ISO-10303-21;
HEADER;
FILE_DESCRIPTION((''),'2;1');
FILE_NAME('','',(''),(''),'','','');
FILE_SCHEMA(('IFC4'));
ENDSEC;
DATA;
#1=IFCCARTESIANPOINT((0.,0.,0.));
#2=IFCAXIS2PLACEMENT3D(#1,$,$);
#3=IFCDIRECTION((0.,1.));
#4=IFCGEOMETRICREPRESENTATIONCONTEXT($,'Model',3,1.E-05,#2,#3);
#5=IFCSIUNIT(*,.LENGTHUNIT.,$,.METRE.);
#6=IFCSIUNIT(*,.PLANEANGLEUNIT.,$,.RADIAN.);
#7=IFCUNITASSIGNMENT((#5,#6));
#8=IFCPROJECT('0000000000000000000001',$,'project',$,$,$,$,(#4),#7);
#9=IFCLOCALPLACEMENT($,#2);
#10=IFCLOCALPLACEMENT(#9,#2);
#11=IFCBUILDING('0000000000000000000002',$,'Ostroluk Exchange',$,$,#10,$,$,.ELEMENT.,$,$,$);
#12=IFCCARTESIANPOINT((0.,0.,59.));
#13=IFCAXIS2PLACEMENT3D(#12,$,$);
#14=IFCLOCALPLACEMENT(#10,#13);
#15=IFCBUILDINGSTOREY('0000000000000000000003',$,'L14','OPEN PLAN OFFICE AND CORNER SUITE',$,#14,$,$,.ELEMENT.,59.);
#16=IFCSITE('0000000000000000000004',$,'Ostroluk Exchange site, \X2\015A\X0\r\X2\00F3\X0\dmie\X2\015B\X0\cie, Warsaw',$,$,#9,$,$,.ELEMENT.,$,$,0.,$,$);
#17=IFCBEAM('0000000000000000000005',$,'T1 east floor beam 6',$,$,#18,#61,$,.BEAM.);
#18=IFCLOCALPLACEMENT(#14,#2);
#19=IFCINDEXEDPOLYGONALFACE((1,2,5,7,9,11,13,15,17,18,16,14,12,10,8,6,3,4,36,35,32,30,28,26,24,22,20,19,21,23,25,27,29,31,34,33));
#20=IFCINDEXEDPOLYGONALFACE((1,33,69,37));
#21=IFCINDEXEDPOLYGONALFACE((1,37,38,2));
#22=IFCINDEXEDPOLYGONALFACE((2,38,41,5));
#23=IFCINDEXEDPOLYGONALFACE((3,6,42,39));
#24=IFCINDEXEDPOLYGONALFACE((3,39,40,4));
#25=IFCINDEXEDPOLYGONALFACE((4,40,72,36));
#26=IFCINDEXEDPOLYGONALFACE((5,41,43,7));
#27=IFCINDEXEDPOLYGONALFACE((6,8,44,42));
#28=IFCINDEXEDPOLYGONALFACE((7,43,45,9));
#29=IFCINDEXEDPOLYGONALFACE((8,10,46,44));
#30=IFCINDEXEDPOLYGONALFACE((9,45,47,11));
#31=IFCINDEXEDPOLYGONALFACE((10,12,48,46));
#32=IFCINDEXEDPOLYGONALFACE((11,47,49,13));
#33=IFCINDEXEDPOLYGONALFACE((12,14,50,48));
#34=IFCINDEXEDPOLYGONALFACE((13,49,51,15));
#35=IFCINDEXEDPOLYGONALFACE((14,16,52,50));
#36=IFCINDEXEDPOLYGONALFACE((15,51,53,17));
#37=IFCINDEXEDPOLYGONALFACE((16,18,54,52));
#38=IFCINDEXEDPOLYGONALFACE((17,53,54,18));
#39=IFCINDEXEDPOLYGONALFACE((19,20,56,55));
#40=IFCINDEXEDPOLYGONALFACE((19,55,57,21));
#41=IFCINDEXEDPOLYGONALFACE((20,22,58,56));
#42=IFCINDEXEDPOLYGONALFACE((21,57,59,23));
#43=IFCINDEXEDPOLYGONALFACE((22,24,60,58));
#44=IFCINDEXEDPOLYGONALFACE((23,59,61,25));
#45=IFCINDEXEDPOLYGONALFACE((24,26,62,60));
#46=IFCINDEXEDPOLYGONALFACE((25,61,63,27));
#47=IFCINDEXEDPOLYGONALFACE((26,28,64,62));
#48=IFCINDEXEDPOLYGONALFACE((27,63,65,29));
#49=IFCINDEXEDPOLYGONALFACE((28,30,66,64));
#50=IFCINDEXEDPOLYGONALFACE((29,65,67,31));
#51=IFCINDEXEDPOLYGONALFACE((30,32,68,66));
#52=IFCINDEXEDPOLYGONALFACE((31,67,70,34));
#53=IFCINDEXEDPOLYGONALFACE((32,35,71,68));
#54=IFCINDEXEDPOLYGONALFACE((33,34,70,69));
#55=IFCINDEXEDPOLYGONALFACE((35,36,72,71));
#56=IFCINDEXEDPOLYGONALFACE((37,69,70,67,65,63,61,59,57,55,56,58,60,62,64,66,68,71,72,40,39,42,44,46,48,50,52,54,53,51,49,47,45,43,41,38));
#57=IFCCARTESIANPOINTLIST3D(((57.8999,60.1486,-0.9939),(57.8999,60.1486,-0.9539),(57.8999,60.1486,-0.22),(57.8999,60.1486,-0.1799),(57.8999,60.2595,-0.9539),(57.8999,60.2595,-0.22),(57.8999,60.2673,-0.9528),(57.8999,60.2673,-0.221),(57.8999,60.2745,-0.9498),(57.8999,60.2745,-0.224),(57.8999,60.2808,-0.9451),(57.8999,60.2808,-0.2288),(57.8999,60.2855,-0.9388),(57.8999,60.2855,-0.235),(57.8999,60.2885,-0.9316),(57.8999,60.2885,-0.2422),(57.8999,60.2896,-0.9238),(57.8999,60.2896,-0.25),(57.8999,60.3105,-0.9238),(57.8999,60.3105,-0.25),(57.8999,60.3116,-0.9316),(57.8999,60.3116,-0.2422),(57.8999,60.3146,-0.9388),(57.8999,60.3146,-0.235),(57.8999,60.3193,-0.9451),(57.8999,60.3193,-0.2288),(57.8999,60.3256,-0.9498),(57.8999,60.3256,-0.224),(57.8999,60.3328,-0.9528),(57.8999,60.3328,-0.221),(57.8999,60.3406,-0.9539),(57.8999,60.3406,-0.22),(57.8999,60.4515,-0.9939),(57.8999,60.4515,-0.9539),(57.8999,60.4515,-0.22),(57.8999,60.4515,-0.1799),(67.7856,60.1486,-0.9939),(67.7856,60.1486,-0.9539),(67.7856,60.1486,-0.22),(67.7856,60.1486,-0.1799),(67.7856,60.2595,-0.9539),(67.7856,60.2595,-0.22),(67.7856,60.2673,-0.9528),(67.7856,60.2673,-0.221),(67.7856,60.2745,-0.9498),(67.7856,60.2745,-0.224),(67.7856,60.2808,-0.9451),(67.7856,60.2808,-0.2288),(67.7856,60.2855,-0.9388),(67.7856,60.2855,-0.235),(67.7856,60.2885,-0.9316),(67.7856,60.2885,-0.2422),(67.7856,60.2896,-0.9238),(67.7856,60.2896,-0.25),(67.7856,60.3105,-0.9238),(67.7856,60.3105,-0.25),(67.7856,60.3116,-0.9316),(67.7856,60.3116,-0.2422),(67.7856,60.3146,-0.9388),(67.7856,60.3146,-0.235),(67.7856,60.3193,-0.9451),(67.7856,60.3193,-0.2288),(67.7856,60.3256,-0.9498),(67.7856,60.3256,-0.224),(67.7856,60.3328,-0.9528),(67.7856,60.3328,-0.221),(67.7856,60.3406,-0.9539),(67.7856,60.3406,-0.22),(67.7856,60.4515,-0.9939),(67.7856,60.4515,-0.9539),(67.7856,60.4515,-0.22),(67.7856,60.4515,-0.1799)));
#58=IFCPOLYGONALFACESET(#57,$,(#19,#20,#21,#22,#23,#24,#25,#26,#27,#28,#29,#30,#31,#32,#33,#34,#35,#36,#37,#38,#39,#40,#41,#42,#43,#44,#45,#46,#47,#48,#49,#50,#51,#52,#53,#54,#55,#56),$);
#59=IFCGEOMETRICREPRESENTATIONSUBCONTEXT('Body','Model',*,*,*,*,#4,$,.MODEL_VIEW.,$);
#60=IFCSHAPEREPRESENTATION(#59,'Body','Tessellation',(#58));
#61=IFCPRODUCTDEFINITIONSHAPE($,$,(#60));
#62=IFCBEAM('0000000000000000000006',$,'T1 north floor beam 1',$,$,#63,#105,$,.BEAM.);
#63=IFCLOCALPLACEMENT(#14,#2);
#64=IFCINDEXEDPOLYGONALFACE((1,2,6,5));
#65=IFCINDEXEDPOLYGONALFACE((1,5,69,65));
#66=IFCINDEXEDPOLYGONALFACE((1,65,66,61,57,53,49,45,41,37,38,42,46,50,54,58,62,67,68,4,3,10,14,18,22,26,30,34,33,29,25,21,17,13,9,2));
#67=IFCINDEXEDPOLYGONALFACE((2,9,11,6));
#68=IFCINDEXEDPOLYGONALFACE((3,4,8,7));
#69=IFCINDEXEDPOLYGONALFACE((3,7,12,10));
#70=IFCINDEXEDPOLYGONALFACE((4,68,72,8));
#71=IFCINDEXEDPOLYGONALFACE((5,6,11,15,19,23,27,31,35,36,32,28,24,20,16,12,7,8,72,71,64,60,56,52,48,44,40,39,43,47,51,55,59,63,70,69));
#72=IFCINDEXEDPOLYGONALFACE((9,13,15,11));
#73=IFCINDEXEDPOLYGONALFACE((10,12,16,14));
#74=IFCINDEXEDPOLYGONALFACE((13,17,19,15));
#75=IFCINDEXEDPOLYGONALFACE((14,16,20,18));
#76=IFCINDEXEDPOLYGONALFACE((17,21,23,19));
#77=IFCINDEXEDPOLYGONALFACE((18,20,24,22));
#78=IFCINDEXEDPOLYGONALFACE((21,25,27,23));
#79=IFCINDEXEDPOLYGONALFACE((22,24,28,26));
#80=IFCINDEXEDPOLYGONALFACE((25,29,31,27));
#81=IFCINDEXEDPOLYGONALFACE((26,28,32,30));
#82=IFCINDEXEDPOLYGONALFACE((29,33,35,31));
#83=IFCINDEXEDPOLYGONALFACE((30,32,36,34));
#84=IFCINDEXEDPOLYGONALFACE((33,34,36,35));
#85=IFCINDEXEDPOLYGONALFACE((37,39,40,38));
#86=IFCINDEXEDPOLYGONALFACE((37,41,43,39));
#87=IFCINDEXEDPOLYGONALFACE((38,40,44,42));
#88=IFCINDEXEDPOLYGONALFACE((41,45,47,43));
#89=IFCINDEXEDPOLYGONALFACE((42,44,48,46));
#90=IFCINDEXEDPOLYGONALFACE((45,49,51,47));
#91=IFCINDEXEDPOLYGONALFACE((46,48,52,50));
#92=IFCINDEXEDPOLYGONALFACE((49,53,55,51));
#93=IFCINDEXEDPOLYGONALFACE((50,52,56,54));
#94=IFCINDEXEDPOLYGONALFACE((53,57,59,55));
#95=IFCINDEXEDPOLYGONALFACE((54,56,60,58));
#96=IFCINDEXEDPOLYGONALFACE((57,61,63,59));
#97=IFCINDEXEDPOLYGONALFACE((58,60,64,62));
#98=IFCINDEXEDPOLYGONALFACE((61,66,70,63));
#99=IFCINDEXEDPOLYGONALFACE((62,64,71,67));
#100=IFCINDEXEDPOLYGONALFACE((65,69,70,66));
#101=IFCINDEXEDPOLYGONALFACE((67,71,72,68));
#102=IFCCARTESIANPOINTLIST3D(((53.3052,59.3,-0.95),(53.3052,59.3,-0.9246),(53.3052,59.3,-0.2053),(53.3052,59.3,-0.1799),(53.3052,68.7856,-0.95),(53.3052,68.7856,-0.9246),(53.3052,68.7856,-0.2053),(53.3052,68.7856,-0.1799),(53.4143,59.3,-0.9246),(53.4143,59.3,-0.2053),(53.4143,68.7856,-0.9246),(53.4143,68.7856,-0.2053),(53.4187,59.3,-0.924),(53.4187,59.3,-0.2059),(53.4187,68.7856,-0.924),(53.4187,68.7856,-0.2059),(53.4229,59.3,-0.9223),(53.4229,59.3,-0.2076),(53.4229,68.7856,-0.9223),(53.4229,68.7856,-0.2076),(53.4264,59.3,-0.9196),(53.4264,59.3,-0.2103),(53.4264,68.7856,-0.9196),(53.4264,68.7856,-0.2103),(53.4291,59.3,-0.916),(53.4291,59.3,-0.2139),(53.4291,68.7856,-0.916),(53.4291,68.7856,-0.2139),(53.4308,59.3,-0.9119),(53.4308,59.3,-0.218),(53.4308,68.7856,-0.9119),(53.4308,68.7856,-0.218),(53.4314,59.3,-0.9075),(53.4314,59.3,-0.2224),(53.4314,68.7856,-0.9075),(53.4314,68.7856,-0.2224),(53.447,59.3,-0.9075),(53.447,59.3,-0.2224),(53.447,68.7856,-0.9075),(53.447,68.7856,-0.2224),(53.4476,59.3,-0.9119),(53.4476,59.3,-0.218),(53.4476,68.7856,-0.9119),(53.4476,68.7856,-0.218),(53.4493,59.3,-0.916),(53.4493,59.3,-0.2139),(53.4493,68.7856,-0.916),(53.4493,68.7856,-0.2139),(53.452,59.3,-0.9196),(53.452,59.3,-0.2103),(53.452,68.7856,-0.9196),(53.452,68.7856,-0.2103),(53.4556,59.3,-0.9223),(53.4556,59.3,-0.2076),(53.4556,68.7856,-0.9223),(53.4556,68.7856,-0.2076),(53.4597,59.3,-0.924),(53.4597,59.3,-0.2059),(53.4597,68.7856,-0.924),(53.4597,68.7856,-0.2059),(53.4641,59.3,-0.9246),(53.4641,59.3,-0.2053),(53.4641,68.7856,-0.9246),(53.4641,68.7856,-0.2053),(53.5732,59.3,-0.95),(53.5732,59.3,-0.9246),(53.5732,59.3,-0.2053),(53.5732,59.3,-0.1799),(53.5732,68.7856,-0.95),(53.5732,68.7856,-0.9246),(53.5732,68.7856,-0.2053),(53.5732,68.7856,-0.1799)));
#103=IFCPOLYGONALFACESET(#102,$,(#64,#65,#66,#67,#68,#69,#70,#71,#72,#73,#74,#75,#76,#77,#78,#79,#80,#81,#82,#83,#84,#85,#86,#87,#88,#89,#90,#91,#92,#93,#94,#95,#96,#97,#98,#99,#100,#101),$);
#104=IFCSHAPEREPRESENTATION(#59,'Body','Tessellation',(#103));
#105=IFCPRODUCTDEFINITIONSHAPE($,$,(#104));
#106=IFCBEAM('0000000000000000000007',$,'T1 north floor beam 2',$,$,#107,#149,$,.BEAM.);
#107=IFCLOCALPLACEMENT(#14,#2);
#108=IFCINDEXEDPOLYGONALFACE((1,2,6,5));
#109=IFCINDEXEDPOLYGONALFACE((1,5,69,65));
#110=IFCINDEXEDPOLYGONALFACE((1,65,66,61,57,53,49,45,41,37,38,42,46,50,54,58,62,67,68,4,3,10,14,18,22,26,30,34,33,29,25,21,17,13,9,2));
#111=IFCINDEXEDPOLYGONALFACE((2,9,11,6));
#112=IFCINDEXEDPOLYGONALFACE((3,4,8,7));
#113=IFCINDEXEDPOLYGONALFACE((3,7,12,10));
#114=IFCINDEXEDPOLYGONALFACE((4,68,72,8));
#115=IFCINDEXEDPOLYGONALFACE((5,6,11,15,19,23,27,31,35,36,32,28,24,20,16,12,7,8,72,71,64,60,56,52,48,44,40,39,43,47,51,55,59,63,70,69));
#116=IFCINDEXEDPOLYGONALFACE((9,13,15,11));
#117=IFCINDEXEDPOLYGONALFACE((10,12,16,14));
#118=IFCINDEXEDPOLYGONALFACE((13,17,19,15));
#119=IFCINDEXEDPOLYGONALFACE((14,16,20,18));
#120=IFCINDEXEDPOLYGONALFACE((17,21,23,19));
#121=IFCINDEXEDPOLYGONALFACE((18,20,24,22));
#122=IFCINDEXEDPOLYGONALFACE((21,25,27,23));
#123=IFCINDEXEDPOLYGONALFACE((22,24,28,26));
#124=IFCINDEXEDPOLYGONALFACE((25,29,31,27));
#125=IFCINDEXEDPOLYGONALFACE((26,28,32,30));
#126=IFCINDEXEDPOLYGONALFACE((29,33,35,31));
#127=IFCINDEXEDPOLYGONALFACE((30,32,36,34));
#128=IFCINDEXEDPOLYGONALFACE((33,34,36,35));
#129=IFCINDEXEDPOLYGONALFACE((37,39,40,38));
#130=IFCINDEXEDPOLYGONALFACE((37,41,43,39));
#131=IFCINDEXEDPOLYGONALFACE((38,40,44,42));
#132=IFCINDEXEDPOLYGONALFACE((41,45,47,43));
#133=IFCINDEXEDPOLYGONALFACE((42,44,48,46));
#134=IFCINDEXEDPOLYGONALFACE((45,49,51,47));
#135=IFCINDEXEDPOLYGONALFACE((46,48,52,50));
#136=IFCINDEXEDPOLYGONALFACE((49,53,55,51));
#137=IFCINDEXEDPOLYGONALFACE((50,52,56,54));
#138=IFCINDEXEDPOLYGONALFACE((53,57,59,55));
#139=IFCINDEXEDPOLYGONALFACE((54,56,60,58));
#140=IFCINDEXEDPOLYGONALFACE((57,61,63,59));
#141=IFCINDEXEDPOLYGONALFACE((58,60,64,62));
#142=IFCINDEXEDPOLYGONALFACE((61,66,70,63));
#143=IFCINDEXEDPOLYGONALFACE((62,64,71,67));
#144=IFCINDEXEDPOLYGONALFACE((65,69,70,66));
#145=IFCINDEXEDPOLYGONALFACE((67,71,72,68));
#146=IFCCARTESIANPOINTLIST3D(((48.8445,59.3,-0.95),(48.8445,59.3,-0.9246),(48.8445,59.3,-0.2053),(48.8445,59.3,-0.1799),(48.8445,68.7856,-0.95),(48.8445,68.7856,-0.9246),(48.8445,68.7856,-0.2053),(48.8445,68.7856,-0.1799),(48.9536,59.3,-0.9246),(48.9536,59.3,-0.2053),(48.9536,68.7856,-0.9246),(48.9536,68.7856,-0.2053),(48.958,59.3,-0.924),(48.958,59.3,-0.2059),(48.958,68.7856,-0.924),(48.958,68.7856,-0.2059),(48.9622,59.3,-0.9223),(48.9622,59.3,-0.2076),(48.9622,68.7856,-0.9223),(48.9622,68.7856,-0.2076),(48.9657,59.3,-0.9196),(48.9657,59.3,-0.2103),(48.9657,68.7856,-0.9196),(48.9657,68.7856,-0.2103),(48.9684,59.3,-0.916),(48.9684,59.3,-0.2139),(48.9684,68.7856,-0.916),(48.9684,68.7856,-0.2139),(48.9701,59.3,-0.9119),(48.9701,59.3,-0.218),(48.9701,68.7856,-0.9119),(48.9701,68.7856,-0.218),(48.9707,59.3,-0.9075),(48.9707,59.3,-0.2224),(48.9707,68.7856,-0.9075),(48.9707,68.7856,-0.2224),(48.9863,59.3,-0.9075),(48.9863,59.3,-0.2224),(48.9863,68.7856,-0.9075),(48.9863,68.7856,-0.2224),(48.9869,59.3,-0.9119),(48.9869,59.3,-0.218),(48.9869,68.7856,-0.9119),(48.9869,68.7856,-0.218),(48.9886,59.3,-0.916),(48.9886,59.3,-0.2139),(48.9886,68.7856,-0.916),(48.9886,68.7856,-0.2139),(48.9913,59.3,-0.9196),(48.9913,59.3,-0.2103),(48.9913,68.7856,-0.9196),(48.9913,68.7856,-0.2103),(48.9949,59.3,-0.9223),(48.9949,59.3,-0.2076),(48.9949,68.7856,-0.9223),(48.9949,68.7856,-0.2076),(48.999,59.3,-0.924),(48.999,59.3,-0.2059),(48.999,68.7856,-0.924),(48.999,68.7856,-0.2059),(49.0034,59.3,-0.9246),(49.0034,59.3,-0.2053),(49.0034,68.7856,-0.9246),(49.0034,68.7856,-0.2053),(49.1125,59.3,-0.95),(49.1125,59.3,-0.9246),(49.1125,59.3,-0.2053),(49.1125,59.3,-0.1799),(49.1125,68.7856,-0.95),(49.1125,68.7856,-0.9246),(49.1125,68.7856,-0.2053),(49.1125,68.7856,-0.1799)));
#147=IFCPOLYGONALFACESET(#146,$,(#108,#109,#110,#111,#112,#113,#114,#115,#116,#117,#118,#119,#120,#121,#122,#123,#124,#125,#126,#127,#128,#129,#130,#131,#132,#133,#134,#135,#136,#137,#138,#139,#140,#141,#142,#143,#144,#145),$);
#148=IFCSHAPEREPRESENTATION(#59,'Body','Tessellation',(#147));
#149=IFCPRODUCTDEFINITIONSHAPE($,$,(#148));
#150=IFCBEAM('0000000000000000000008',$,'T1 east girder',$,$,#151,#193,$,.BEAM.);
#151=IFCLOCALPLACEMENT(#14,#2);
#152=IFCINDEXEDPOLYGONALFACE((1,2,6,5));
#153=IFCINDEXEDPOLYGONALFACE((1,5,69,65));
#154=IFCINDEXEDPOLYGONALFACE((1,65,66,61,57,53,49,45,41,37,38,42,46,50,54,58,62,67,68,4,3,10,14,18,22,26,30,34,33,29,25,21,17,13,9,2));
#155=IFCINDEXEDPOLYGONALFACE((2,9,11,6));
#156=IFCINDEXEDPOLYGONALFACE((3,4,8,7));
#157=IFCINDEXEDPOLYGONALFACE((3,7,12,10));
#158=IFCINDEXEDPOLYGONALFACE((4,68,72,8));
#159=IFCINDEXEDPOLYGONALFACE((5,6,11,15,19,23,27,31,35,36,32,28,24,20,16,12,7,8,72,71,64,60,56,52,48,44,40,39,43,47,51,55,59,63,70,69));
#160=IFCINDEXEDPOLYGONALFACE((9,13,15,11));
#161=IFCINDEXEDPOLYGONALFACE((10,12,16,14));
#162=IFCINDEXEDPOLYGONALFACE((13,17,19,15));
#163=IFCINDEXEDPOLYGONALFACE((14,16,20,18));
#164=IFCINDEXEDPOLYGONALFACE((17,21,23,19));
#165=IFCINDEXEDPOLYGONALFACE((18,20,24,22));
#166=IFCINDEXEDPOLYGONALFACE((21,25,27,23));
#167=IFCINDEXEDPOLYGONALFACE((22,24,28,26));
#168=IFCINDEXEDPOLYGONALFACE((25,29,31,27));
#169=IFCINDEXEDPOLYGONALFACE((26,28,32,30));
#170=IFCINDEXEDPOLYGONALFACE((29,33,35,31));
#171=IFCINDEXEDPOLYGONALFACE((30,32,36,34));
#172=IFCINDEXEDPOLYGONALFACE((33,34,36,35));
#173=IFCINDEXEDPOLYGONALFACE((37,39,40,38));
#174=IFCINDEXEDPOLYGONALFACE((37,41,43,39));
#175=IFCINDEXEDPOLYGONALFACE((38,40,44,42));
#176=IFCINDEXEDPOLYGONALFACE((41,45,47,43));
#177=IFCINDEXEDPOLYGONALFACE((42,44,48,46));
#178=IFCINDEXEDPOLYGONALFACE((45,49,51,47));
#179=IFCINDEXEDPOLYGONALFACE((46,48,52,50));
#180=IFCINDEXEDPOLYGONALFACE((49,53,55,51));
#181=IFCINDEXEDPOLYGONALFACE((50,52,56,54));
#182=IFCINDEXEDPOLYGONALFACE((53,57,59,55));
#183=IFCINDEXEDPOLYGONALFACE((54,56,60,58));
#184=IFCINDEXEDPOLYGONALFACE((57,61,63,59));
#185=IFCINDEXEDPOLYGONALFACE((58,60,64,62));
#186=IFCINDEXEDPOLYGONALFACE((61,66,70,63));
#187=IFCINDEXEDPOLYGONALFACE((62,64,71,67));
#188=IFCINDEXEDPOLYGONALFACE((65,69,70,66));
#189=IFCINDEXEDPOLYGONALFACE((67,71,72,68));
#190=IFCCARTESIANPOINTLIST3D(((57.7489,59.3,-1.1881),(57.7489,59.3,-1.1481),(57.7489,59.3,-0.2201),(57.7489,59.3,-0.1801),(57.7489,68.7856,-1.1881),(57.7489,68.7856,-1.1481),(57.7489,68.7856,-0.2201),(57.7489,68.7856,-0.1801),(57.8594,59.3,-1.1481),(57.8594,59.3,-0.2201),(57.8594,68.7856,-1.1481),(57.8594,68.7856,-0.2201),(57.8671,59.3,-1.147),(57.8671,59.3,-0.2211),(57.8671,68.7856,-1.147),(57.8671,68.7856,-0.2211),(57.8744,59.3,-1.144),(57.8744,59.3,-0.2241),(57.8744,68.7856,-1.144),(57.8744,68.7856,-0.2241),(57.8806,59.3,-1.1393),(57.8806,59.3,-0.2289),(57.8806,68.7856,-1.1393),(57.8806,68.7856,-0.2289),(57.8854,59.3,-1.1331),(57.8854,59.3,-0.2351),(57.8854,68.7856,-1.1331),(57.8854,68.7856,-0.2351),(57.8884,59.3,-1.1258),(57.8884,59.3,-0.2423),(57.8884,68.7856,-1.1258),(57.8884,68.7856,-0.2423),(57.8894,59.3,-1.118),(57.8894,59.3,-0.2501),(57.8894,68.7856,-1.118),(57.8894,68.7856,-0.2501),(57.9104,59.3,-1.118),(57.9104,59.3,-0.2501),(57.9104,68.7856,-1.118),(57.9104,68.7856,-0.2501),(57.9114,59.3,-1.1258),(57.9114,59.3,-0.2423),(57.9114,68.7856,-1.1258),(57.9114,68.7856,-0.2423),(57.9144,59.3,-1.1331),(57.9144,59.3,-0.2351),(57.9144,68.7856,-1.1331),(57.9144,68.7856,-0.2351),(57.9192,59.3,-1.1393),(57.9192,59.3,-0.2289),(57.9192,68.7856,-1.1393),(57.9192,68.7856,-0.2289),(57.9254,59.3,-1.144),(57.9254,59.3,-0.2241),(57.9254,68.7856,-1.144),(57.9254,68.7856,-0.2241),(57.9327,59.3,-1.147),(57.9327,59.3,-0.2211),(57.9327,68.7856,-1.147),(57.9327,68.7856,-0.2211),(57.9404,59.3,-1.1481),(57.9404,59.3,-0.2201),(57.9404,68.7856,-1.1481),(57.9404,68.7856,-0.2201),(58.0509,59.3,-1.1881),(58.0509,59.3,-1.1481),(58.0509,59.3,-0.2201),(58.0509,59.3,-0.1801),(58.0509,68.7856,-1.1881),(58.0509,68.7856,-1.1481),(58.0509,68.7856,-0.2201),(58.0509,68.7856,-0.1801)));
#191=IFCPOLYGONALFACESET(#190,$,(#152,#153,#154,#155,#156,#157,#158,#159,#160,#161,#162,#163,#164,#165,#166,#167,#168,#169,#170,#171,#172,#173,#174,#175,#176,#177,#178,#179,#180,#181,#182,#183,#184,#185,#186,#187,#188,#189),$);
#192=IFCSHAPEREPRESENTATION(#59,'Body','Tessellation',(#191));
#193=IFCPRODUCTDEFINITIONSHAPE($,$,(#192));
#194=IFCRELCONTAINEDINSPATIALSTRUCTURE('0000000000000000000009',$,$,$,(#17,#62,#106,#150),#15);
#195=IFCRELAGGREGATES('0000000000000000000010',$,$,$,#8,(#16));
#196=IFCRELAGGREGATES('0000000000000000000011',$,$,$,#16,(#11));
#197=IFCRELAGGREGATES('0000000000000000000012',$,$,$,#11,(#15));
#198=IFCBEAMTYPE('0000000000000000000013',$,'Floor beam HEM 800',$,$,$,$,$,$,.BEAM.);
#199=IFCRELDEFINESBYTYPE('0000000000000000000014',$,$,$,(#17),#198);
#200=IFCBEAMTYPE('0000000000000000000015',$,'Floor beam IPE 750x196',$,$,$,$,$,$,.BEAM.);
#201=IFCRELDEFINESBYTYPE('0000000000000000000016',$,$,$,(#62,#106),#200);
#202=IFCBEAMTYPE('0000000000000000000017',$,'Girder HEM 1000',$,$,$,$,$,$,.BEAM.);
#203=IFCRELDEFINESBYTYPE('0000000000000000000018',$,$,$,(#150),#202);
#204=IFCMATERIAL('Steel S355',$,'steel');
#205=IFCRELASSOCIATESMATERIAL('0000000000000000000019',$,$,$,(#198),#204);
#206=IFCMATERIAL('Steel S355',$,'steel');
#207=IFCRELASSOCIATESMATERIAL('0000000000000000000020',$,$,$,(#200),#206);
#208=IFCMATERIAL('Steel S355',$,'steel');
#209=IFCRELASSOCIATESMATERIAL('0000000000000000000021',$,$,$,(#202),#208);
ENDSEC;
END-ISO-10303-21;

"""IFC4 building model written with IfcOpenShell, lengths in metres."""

from ifc_helpers import new_model, si_unit, direction, frame, origin, origin_2d, place, context, subcontext, project, spatial, i_section, extrude, material, material_profile, profile_set, type_object, element, save


model = new_model("IFC4")

# Units and contexts
model_context = context("Model", 3, precision=1e-05, world=origin(), true_north=direction((0.0, 1.0)))
body_context = subcontext(model_context, "Body", "Model", "MODEL_VIEW")
ifc_project = project(units=[si_unit("LENGTHUNIT", "METRE"), si_unit("PLANEANGLEUNIT", "RADIAN")], contexts=[model_context])

# Site, building, storey
site_placement = place(None, origin())
site = spatial("IfcSite", under=ifc_project, at=site_placement, Name="Ostroluk Exchange site, Śródmieście, Warsaw", CompositionType="ELEMENT", RefElevation=0.0)
building_placement = place(site_placement, origin())
building = spatial("IfcBuilding", under=site, at=building_placement, Name="Ostroluk Exchange", CompositionType="ELEMENT")
storey_placement = place(building_placement, frame((0.0, 0.0, 59.0)))
storey = spatial("IfcBuildingStorey", under=building, at=storey_placement, Name="L14", Description="OPEN PLAN OFFICE AND CORNER SUITE", CompositionType="ELEMENT", Elevation=59.0)

# Beams
ifc_material_1 = material(Name="Steel S355", Category="steel")
ifc_material_profile_1 = material_profile(ifc_material_1, i_section(OverallWidth=0.303, OverallDepth=0.814, WebThickness=0.021, FlangeThickness=0.04, FilletRadius=0.03, at=origin_2d()), Name="HEM 800")
ifc_profile_set_1 = profile_set([ifc_material_profile_1], Name="Steel S355")
beam_type_1 = type_object("IfcBeamType", Name="Floor beam HEM 800", PredefinedType="BEAM", material=ifc_profile_set_1)
beam_1_placement = place(storey_placement, frame((57.8999, 60.3, -0.5869), z_axis=(1.0, 0.0, 0.0), x_axis=(0.0, 1.0, 0.0)))
element("IfcBeam", 1, at=beam_1_placement, inside=storey, type_object=beam_type_1, Name="T1 east floor beam 6", PredefinedType="BEAM", context=body_context, shape_type="SweptSolid", body=[
    extrude(i_section(OverallWidth=0.303, OverallDepth=0.814, WebThickness=0.021, FlangeThickness=0.04, FilletRadius=0.03, at=origin_2d()), origin(), (0.0, 0.0, 1.0), 9.8857),
])
ifc_material_2 = material(Name="Steel S355", Category="steel")
ifc_material_profile_2 = material_profile(ifc_material_2, i_section(OverallWidth=0.2681, OverallDepth=0.77, WebThickness=0.0156, FlangeThickness=0.0254, FilletRadius=0.0171, at=origin_2d()), Name="IPE 750x196")
ifc_profile_set_2 = profile_set([ifc_material_profile_2], Name="Steel S355")
beam_type_2 = type_object("IfcBeamType", Name="Floor beam IPE 750x196", PredefinedType="BEAM", material=ifc_profile_set_2)
for number, where, z_axis, x_axis, name in (
    (2, (53.4392, 59.3, -0.5649), (0.0, 1.0, 0.0), (-1.0, 0.0, 0.0), "T1 north floor beam 1"),
    (3, (48.9785, 59.3, -0.5649), (0.0, 1.0, 0.0), (-1.0, 0.0, 0.0), "T1 north floor beam 2"),
):
    element("IfcBeam", number, at=place(storey_placement, frame(where, z_axis=z_axis, x_axis=x_axis)), inside=storey, type_object=beam_type_2, Name=name, PredefinedType="BEAM", context=body_context, shape_type="SweptSolid", body=[
        extrude(i_section(OverallWidth=0.2681, OverallDepth=0.77, WebThickness=0.0156, FlangeThickness=0.0254, FilletRadius=0.0171, at=origin_2d()), origin(), (0.0, 0.0, 1.0), 9.4856),
    ])
ifc_material_3 = material(Name="Steel S355", Category="steel")
ifc_material_profile_3 = material_profile(ifc_material_3, i_section(OverallWidth=0.302, OverallDepth=1.0081, WebThickness=0.021, FlangeThickness=0.04, FilletRadius=0.03, at=origin_2d()), Name="HEM 1000")
ifc_profile_set_3 = profile_set([ifc_material_profile_3], Name="Steel S355")
beam_type_3 = type_object("IfcBeamType", Name="Girder HEM 1000", PredefinedType="BEAM", material=ifc_profile_set_3)
beam_2_placement = place(storey_placement, frame((57.8999, 59.3, -0.6841), z_axis=(0.0, 1.0, 0.0), x_axis=(-1.0, 0.0, 0.0)))
element("IfcBeam", 4, at=beam_2_placement, inside=storey, type_object=beam_type_3, Name="T1 east girder", PredefinedType="BEAM", context=body_context, shape_type="SweptSolid", body=[
    extrude(i_section(OverallWidth=0.302, OverallDepth=1.0081, WebThickness=0.021, FlangeThickness=0.04, FilletRadius=0.03, at=origin_2d()), origin(), (0.0, 0.0, 1.0), 9.4856),
])

save(model, "model.ifc")
